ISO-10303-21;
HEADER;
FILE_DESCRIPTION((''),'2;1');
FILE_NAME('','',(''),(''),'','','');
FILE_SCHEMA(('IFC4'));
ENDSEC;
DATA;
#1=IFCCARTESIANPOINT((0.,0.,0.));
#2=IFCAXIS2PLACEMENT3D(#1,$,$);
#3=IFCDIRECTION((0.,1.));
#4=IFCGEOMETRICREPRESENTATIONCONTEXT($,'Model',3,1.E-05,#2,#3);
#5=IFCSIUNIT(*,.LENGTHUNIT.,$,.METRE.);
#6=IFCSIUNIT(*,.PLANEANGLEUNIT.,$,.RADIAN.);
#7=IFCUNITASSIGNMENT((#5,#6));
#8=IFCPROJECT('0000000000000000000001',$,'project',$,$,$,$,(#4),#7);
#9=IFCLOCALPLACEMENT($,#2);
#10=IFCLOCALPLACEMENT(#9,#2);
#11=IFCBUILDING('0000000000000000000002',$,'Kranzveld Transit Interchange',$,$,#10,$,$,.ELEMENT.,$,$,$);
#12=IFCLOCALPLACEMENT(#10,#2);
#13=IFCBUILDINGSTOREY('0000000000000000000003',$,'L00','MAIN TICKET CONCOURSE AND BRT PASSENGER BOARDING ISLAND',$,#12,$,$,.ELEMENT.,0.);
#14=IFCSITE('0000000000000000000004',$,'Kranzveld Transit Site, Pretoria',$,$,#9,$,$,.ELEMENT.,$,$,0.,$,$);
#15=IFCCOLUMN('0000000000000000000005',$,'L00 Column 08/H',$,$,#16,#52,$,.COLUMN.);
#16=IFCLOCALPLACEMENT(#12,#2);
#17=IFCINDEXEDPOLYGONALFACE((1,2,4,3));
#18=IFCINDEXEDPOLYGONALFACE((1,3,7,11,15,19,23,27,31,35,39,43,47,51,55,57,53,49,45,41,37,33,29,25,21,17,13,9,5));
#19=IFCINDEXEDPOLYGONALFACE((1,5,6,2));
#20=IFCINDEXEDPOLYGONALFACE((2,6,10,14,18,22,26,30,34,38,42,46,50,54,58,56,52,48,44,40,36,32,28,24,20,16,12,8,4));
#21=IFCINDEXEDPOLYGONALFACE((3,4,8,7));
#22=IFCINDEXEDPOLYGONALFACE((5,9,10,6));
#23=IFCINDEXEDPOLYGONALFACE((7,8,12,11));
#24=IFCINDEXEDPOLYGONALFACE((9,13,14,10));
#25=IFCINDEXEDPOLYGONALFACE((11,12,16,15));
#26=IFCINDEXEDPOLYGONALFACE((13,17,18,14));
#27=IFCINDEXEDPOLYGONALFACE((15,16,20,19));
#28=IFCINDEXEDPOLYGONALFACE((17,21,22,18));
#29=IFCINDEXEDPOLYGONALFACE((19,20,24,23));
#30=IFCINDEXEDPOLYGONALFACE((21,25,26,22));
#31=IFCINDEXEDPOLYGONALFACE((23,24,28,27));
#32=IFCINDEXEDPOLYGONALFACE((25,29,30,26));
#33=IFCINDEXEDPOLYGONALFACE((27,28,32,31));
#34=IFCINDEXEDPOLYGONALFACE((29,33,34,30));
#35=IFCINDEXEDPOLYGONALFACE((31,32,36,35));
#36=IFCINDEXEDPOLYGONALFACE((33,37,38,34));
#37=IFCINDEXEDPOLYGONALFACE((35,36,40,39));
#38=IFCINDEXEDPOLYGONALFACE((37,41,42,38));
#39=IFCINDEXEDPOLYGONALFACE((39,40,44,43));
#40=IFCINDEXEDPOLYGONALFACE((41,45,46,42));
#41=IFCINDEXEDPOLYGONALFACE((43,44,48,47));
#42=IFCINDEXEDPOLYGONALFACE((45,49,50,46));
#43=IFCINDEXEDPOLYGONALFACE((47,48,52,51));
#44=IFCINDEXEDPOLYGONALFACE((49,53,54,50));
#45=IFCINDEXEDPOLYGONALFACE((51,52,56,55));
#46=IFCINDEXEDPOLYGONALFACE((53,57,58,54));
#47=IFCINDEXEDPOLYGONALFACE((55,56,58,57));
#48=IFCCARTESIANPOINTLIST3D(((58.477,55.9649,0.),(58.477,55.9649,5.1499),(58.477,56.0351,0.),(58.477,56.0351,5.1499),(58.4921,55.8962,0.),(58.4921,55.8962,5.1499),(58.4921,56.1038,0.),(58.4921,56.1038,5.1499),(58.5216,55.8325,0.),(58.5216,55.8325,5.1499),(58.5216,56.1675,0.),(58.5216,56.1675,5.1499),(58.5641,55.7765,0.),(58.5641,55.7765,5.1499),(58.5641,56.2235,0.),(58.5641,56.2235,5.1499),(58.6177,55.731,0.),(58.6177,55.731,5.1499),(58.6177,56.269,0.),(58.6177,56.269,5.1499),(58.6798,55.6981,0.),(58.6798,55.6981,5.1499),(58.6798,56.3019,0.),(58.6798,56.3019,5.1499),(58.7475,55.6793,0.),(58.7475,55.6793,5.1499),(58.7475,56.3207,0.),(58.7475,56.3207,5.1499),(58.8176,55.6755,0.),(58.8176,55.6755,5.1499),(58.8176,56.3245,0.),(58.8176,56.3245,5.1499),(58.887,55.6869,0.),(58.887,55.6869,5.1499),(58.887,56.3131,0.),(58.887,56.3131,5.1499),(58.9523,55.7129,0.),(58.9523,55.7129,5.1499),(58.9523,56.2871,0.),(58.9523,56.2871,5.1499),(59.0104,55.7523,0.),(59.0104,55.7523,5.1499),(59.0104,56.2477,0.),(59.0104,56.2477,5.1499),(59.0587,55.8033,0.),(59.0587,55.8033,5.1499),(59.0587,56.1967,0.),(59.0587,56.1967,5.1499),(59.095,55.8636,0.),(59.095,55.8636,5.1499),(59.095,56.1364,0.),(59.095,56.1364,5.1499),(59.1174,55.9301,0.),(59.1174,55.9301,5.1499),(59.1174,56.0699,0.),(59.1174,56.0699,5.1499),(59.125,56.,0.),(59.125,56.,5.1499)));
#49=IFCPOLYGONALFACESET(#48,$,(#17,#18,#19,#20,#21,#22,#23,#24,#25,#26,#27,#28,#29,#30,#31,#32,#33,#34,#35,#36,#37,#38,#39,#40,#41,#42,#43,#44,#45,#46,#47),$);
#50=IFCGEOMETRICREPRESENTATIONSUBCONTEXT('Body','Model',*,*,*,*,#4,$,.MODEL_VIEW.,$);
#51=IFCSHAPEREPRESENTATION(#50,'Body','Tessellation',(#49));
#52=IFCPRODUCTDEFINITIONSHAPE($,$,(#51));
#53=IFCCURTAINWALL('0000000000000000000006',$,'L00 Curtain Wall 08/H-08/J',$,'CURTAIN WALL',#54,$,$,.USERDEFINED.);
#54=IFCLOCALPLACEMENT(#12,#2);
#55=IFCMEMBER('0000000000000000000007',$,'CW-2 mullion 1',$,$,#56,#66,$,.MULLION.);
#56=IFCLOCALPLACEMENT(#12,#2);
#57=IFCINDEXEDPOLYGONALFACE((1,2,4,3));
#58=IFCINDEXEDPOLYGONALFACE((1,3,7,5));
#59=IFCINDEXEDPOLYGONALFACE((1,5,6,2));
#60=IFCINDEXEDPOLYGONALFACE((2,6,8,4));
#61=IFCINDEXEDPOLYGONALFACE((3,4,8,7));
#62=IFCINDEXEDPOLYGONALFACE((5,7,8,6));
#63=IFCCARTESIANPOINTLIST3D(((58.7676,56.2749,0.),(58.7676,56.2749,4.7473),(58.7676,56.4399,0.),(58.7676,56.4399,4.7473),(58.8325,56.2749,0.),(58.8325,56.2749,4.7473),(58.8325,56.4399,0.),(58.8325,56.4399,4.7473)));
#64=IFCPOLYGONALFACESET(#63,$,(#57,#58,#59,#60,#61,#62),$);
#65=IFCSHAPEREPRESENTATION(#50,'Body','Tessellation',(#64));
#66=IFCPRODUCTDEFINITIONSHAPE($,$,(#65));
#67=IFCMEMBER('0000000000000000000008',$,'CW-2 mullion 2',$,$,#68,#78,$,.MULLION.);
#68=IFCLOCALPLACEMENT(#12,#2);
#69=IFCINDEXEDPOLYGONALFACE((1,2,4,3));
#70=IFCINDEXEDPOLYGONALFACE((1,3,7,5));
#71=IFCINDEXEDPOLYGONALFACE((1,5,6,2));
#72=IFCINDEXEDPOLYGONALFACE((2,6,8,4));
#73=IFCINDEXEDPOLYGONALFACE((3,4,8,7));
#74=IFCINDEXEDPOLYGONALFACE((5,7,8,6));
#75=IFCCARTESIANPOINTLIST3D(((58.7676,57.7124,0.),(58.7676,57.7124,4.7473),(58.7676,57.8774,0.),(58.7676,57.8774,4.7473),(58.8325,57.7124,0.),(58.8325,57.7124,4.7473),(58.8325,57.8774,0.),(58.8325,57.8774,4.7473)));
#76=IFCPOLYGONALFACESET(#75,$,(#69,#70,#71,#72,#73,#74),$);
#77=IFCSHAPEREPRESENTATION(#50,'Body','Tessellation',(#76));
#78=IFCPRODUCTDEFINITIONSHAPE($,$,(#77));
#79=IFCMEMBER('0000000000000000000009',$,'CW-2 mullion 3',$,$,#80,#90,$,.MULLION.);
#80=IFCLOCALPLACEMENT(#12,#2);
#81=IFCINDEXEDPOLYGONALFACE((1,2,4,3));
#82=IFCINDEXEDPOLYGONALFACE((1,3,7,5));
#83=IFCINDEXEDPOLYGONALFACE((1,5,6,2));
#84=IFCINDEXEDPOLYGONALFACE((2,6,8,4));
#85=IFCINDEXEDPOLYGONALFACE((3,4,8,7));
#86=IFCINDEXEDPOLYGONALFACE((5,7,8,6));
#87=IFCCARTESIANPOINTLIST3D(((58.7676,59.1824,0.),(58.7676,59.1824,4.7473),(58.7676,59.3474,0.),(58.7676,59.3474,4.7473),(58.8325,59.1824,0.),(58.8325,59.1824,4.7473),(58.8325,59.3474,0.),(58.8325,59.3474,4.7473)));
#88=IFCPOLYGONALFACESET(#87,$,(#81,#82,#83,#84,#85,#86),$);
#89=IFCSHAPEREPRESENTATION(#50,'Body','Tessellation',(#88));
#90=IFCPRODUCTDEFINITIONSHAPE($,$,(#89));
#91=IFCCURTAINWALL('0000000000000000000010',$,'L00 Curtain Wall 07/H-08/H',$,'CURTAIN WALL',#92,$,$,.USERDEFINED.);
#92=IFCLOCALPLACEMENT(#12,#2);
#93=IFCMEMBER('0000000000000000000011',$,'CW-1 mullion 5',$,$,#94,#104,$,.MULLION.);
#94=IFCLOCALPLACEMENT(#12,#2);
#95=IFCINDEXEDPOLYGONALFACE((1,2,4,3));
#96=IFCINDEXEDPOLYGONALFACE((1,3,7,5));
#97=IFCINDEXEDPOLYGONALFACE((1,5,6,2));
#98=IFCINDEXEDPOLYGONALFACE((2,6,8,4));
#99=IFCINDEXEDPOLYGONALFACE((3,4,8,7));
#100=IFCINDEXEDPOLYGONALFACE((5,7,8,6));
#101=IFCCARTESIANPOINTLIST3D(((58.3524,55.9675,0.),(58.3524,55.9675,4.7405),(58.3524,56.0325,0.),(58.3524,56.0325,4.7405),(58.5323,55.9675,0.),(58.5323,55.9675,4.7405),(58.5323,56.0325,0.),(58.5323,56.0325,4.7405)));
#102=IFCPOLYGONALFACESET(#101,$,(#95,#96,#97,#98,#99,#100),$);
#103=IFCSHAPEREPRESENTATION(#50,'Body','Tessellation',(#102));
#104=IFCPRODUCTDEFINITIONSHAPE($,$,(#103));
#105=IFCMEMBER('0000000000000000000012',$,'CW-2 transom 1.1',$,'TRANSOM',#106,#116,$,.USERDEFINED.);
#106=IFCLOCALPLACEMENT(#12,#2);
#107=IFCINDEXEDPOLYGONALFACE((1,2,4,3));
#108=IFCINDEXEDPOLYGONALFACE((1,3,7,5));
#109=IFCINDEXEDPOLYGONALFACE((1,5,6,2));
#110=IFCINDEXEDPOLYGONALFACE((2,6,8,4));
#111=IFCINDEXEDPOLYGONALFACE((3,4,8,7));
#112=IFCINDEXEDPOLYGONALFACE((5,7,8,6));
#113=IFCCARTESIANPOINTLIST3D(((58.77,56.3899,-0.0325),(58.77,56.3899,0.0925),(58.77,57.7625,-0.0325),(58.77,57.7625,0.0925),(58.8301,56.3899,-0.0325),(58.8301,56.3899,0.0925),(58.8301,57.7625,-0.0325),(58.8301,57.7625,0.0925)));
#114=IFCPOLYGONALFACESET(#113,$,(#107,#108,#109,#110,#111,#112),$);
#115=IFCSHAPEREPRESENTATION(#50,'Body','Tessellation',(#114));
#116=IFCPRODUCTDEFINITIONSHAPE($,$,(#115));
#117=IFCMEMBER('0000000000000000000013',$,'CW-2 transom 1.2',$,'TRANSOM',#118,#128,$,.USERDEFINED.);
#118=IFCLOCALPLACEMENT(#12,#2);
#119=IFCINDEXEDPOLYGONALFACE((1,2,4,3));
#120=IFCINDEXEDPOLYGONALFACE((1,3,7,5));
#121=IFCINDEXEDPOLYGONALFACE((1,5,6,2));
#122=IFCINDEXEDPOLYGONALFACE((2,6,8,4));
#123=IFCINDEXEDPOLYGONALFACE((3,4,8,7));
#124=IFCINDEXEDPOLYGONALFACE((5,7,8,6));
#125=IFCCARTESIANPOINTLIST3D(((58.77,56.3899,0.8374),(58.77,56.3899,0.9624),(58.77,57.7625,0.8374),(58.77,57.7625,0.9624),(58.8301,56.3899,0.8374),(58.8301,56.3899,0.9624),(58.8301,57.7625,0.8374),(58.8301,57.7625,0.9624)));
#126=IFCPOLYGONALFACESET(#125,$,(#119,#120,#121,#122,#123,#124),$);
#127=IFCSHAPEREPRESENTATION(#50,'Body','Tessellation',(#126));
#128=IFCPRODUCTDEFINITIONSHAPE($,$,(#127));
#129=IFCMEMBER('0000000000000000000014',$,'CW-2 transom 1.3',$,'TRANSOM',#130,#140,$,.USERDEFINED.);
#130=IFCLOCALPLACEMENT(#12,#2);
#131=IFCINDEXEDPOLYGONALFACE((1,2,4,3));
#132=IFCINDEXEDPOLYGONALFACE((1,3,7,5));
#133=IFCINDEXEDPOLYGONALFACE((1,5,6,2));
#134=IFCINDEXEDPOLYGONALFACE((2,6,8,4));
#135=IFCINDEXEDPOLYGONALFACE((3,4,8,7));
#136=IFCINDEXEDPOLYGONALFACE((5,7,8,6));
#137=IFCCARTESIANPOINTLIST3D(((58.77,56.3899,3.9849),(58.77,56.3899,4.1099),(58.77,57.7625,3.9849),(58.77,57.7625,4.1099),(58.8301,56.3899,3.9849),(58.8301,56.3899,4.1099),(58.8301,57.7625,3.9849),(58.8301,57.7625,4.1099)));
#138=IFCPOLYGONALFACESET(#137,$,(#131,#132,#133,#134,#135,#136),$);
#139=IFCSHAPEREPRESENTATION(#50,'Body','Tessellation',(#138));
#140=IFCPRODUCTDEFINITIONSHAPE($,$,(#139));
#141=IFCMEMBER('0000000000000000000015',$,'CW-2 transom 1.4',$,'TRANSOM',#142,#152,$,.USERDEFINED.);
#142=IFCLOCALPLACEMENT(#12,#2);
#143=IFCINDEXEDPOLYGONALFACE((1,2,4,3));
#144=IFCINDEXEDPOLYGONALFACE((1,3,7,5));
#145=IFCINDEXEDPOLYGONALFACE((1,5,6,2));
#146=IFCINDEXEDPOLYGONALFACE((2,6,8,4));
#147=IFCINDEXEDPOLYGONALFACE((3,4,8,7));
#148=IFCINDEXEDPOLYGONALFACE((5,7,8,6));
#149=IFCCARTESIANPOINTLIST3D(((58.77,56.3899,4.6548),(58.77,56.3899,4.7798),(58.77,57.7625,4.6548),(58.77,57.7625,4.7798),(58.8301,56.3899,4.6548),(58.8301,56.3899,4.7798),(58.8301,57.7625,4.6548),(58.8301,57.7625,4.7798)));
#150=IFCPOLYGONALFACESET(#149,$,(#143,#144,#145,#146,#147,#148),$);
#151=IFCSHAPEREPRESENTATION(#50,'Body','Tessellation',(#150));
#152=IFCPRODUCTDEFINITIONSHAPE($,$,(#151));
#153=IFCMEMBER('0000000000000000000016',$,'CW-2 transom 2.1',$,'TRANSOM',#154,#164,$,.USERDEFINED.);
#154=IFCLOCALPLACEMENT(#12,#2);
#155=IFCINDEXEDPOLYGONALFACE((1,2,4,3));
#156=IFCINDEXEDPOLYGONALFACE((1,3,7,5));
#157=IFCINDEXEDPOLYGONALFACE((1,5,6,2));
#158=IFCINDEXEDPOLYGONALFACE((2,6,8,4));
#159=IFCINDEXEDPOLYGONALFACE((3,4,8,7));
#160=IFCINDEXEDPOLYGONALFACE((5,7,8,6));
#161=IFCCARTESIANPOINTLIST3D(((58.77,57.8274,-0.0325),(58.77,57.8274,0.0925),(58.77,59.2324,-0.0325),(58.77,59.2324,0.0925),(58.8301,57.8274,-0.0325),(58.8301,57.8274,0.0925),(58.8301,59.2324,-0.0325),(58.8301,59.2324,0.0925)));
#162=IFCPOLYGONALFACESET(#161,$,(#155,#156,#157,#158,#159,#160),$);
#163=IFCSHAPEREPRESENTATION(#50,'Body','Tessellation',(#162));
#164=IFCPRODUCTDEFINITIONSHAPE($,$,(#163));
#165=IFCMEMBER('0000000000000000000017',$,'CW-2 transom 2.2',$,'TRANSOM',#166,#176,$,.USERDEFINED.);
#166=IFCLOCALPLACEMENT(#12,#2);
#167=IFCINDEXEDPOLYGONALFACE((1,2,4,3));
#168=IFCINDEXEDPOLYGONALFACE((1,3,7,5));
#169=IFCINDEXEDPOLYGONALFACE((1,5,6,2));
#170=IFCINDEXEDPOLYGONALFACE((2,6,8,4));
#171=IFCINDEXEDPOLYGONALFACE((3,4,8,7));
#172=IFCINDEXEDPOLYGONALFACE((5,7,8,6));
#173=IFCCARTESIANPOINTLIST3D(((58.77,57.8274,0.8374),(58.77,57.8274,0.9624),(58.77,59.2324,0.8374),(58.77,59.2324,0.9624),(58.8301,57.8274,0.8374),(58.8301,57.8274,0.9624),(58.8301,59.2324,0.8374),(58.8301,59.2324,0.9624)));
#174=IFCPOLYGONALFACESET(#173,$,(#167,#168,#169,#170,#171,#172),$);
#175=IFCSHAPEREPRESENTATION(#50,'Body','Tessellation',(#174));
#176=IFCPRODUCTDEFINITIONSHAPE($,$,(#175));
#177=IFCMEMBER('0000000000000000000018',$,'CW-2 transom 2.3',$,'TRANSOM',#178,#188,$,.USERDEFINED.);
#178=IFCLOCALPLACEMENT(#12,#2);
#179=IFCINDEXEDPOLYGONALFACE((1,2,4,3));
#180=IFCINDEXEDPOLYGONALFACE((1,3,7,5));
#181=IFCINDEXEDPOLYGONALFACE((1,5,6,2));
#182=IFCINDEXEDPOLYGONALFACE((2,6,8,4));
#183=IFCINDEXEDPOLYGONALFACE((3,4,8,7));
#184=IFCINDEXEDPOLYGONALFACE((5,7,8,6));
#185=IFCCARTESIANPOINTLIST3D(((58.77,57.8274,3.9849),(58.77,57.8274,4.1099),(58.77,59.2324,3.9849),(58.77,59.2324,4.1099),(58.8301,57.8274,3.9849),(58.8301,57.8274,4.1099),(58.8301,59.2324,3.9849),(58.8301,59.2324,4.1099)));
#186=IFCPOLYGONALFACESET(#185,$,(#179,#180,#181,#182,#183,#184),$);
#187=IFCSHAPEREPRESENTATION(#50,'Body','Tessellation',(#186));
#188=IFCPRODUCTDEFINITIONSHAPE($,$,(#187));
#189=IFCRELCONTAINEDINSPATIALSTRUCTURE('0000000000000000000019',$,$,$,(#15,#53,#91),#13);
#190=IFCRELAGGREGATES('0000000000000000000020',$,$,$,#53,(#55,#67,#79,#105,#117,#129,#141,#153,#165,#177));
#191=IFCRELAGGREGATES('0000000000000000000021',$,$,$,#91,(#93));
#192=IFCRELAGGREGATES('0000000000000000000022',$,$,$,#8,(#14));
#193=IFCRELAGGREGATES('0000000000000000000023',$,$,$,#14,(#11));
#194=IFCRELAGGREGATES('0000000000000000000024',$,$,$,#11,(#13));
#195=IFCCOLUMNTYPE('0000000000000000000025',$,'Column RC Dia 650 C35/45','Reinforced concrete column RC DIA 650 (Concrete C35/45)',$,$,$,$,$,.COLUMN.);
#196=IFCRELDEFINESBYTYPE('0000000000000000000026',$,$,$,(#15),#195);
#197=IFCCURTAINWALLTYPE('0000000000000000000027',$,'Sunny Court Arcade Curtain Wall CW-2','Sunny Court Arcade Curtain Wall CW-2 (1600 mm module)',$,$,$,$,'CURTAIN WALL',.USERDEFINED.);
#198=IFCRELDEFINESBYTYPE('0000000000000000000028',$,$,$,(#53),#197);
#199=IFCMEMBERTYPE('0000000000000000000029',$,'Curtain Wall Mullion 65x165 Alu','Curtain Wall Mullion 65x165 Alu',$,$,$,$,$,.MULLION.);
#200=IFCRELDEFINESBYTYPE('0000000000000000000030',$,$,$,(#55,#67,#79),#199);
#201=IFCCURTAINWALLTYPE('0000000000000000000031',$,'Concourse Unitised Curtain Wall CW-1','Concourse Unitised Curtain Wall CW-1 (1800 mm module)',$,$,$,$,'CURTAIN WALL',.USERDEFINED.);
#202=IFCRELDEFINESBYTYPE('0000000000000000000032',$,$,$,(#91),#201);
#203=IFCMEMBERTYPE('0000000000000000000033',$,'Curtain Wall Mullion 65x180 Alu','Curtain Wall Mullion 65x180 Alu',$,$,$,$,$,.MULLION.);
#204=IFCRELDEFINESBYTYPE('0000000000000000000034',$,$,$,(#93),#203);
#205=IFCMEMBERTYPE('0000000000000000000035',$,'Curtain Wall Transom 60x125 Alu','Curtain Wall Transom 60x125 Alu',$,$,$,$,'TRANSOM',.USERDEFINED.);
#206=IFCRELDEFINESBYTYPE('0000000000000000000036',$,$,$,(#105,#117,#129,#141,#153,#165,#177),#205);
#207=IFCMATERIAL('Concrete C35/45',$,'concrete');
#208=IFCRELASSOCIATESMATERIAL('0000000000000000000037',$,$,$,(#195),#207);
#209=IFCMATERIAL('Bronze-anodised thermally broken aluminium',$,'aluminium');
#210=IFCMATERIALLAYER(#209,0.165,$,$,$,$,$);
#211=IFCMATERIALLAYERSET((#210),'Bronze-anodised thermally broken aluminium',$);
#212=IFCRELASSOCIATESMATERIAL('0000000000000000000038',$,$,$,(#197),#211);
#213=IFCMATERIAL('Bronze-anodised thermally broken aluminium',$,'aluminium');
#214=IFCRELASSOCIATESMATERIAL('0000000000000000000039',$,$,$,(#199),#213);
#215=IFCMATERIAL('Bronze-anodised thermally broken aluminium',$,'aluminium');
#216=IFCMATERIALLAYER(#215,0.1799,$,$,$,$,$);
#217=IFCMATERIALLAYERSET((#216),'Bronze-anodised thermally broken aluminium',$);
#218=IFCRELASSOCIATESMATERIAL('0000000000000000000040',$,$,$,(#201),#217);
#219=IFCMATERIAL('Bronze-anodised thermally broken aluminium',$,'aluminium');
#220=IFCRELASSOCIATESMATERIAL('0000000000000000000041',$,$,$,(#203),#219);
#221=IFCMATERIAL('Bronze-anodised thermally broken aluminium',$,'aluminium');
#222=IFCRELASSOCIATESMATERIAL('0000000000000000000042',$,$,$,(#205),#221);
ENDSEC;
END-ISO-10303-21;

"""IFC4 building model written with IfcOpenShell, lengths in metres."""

from ifc_helpers import new_model, si_unit, direction, frame, origin, origin_2d, place, context, subcontext, project, spatial, rectangle, circle, extrude, material, layer, layer_set, material_profile, profile_set, type_object, element, aggregate, save


model = new_model("IFC4")

# Units and contexts
model_context = context("Model", 3, precision=1e-05, world=origin(), true_north=direction((0.0, 1.0)))
body_context = subcontext(model_context, "Body", "Model", "MODEL_VIEW")
ifc_project = project(units=[si_unit("LENGTHUNIT", "METRE"), si_unit("PLANEANGLEUNIT", "RADIAN")], contexts=[model_context])

# Site, building, storey
site_placement = place(None, origin())
site = spatial("IfcSite", under=ifc_project, at=site_placement, Name="Kranzveld Transit Site, Pretoria", CompositionType="ELEMENT", RefElevation=0.0)
building_placement = place(site_placement, origin())
building = spatial("IfcBuilding", under=site, at=building_placement, Name="Kranzveld Transit Interchange", CompositionType="ELEMENT")
storey_placement = place(building_placement, origin())
storey = spatial("IfcBuildingStorey", under=building, at=storey_placement, Name="L00", Description="MAIN TICKET CONCOURSE AND BRT PASSENGER BOARDING ISLAND", CompositionType="ELEMENT", Elevation=0.0)

# Column
ifc_material_1 = material(Name="Concrete C35/45", Category="concrete")
ifc_material_profile_1 = material_profile(ifc_material_1, circle(Radius=0.325, at=origin_2d()), Name="RC DIA 650")
ifc_profile_set_1 = profile_set([ifc_material_profile_1], Name="Concrete C35/45")
column_type = type_object("IfcColumnType", Name="Column RC Dia 650 C35/45", Description="Reinforced concrete column RC DIA 650 (Concrete C35/45)", PredefinedType="COLUMN", material=ifc_profile_set_1)
column_placement = place(storey_placement, frame((58.8, 56.0, 0.0), z_axis=(0.0, 0.0, 1.0), x_axis=(1.0, 0.0, 0.0)))
element("IfcColumn", 1, at=column_placement, inside=storey, type_object=column_type, Name="L00 Column 08/H", PredefinedType="COLUMN", context=body_context, shape_type="SweptSolid", body=[
    extrude(circle(Radius=0.325, at=origin_2d()), origin(), (0.0, 0.0, 1.0), 5.1499),
])

# Curtain wall, members
ifc_material_2 = material(Name="Bronze-anodised thermally broken aluminium", Category="aluminium")
ifc_layer_1 = layer(ifc_material_2, 0.165)
ifc_layer_set_1 = layer_set([ifc_layer_1], Name="Bronze-anodised thermally broken aluminium")
curtain_wall_type_1 = type_object("IfcCurtainWallType", Name="Sunny Court Arcade Curtain Wall CW-2", Description="Sunny Court Arcade Curtain Wall CW-2 (1600 mm module)", ElementType="CURTAIN WALL", PredefinedType="USERDEFINED", material=ifc_layer_set_1)
curtain_wall_1_placement = place(storey_placement, origin())
curtain_wall_1 = element("IfcCurtainWall", 2, at=curtain_wall_1_placement, inside=storey, type_object=curtain_wall_type_1, Name="L00 Curtain Wall 08/H-08/J", ObjectType="CURTAIN WALL", PredefinedType="USERDEFINED")
ifc_material_3 = material(Name="Bronze-anodised thermally broken aluminium", Category="aluminium")
ifc_material_profile_2 = material_profile(ifc_material_3, rectangle(XDim=0.0649, YDim=0.165, at=origin_2d()), Name="ALU MULLION 65x165")
ifc_profile_set_2 = profile_set([ifc_material_profile_2], Name="Bronze-anodised thermally broken aluminium")
member_type_1 = type_object("IfcMemberType", Name="Curtain Wall Mullion 65x165 Alu", Description="Curtain Wall Mullion 65x165 Alu", PredefinedType="MULLION", material=ifc_profile_set_2)
member_1_placement = place(storey_placement, frame((58.8, 56.3574, 0.0), z_axis=(0.0, 0.0, 1.0), x_axis=(-1.0, 0.0, 0.0)))
member_1 = element("IfcMember", 3, at=member_1_placement, type_object=member_type_1, Name="CW-2 mullion 1", PredefinedType="MULLION", context=body_context, shape_type="SweptSolid", body=[
    extrude(rectangle(XDim=0.0649, YDim=0.165, at=origin_2d()), origin(), (0.0, 0.0, 1.0), 4.7473),
])
member_2_placement = place(storey_placement, frame((58.8, 57.7949, 0.0), z_axis=(0.0, 0.0, 1.0), x_axis=(-1.0, 0.0, 0.0)))
member_2 = element("IfcMember", 4, at=member_2_placement, type_object=member_type_1, Name="CW-2 mullion 2", PredefinedType="MULLION", context=body_context, shape_type="SweptSolid", body=[
    extrude(rectangle(XDim=0.0649, YDim=0.165, at=origin_2d()), origin(), (0.0, 0.0, 1.0), 4.7473),
])
member_3_placement = place(storey_placement, frame((58.8, 59.2649, 0.0), z_axis=(0.0, 0.0, 1.0), x_axis=(-1.0, 0.0, 0.0)))
member_3 = element("IfcMember", 5, at=member_3_placement, type_object=member_type_1, Name="CW-2 mullion 3", PredefinedType="MULLION", context=body_context, shape_type="SweptSolid", body=[
    extrude(rectangle(XDim=0.0649, YDim=0.165, at=origin_2d()), origin(), (0.0, 0.0, 1.0), 4.7473),
])

# Curtain wall, member
ifc_material_4 = material(Name="Bronze-anodised thermally broken aluminium", Category="aluminium")
ifc_layer_2 = layer(ifc_material_4, 0.1799)
ifc_layer_set_2 = layer_set([ifc_layer_2], Name="Bronze-anodised thermally broken aluminium")
curtain_wall_type_2 = type_object("IfcCurtainWallType", Name="Concourse Unitised Curtain Wall CW-1", Description="Concourse Unitised Curtain Wall CW-1 (1800 mm module)", ElementType="CURTAIN WALL", PredefinedType="USERDEFINED", material=ifc_layer_set_2)
curtain_wall_2_placement = place(storey_placement, origin())
curtain_wall_2 = element("IfcCurtainWall", 6, at=curtain_wall_2_placement, inside=storey, type_object=curtain_wall_type_2, Name="L00 Curtain Wall 07/H-08/H", ObjectType="CURTAIN WALL", PredefinedType="USERDEFINED")
ifc_material_5 = material(Name="Bronze-anodised thermally broken aluminium", Category="aluminium")
ifc_material_profile_3 = material_profile(ifc_material_5, rectangle(XDim=0.0649, YDim=0.1799, at=origin_2d()), Name="ALU MULLION 65x180")
ifc_profile_set_3 = profile_set([ifc_material_profile_3], Name="Bronze-anodised thermally broken aluminium")
member_type_2 = type_object("IfcMemberType", Name="Curtain Wall Mullion 65x180 Alu", Description="Curtain Wall Mullion 65x180 Alu", PredefinedType="MULLION", material=ifc_profile_set_3)
member_4_placement = place(storey_placement, frame((58.4424, 56.0, 0.0), z_axis=(0.0, 0.0, 1.0), x_axis=(0.0, 1.0, 0.0)))
member_4 = element("IfcMember", 7, at=member_4_placement, type_object=member_type_2, Name="CW-1 mullion 5", PredefinedType="MULLION", context=body_context, shape_type="SweptSolid", body=[
    extrude(rectangle(XDim=0.0649, YDim=0.1799, at=origin_2d()), origin(), (0.0, 0.0, 1.0), 4.7405),
])

# Members
ifc_material_6 = material(Name="Bronze-anodised thermally broken aluminium", Category="aluminium")
ifc_material_profile_4 = material_profile(ifc_material_6, rectangle(XDim=0.0601, YDim=0.125, at=origin_2d()), Name="ALU TRANSOM 60x125")
ifc_profile_set_4 = profile_set([ifc_material_profile_4], Name="Bronze-anodised thermally broken aluminium")
member_type_3 = type_object("IfcMemberType", Name="Curtain Wall Transom 60x125 Alu", Description="Curtain Wall Transom 60x125 Alu", ElementType="TRANSOM", PredefinedType="USERDEFINED", material=ifc_profile_set_4)
member_5_placement = place(storey_placement, frame((58.8, 56.3899, 0.03), z_axis=(0.0, 1.0, 0.0), x_axis=(-1.0, 0.0, 0.0)))
member_5 = element("IfcMember", 8, at=member_5_placement, type_object=member_type_3, Name="CW-2 transom 1.1", ObjectType="TRANSOM", PredefinedType="USERDEFINED", context=body_context, shape_type="SweptSolid", body=[
    extrude(rectangle(XDim=0.0601, YDim=0.125, at=origin_2d()), origin(), (0.0, 0.0, 1.0), 1.3726),
])
member_6_placement = place(storey_placement, frame((58.8, 56.3899, 0.8999), z_axis=(0.0, 1.0, 0.0), x_axis=(-1.0, 0.0, 0.0)))
member_6 = element("IfcMember", 9, at=member_6_placement, type_object=member_type_3, Name="CW-2 transom 1.2", ObjectType="TRANSOM", PredefinedType="USERDEFINED", context=body_context, shape_type="SweptSolid", body=[
    extrude(rectangle(XDim=0.0601, YDim=0.125, at=origin_2d()), origin(), (0.0, 0.0, 1.0), 1.3726),
])
member_7_placement = place(storey_placement, frame((58.8, 56.3899, 4.0474), z_axis=(0.0, 1.0, 0.0), x_axis=(-1.0, 0.0, 0.0)))
member_7 = element("IfcMember", 10, at=member_7_placement, type_object=member_type_3, Name="CW-2 transom 1.3", ObjectType="TRANSOM", PredefinedType="USERDEFINED", context=body_context, shape_type="SweptSolid", body=[
    extrude(rectangle(XDim=0.0601, YDim=0.125, at=origin_2d()), origin(), (0.0, 0.0, 1.0), 1.3726),
])
member_8_placement = place(storey_placement, frame((58.8, 56.3899, 4.7173), z_axis=(0.0, 1.0, 0.0), x_axis=(-1.0, 0.0, 0.0)))
member_8 = element("IfcMember", 11, at=member_8_placement, type_object=member_type_3, Name="CW-2 transom 1.4", ObjectType="TRANSOM", PredefinedType="USERDEFINED", context=body_context, shape_type="SweptSolid", body=[
    extrude(rectangle(XDim=0.0601, YDim=0.125, at=origin_2d()), origin(), (0.0, 0.0, 1.0), 1.3726),
])
member_9_placement = place(storey_placement, frame((58.8, 57.8274, 0.03), z_axis=(0.0, 1.0, 0.0), x_axis=(-1.0, 0.0, 0.0)))
member_9 = element("IfcMember", 12, at=member_9_placement, type_object=member_type_3, Name="CW-2 transom 2.1", ObjectType="TRANSOM", PredefinedType="USERDEFINED", context=body_context, shape_type="SweptSolid", body=[
    extrude(rectangle(XDim=0.0601, YDim=0.125, at=origin_2d()), origin(), (0.0, 0.0, 1.0), 1.405),
])
member_10_placement = place(storey_placement, frame((58.8, 57.8274, 0.8999), z_axis=(0.0, 1.0, 0.0), x_axis=(-1.0, 0.0, 0.0)))
member_10 = element("IfcMember", 13, at=member_10_placement, type_object=member_type_3, Name="CW-2 transom 2.2", ObjectType="TRANSOM", PredefinedType="USERDEFINED", context=body_context, shape_type="SweptSolid", body=[
    extrude(rectangle(XDim=0.0601, YDim=0.125, at=origin_2d()), origin(), (0.0, 0.0, 1.0), 1.405),
])
member_11_placement = place(storey_placement, frame((58.8, 57.8274, 4.0474), z_axis=(0.0, 1.0, 0.0), x_axis=(-1.0, 0.0, 0.0)))
member_11 = element("IfcMember", 14, at=member_11_placement, type_object=member_type_3, Name="CW-2 transom 2.3", ObjectType="TRANSOM", PredefinedType="USERDEFINED", context=body_context, shape_type="SweptSolid", body=[
    extrude(rectangle(XDim=0.0601, YDim=0.125, at=origin_2d()), origin(), (0.0, 0.0, 1.0), 1.405),
])

aggregate(curtain_wall_1, [member_1, member_2, member_3, member_5, member_6, member_7, member_8, member_9, member_10, member_11])
aggregate(curtain_wall_2, [member_4])

save(model, "model.ifc")
